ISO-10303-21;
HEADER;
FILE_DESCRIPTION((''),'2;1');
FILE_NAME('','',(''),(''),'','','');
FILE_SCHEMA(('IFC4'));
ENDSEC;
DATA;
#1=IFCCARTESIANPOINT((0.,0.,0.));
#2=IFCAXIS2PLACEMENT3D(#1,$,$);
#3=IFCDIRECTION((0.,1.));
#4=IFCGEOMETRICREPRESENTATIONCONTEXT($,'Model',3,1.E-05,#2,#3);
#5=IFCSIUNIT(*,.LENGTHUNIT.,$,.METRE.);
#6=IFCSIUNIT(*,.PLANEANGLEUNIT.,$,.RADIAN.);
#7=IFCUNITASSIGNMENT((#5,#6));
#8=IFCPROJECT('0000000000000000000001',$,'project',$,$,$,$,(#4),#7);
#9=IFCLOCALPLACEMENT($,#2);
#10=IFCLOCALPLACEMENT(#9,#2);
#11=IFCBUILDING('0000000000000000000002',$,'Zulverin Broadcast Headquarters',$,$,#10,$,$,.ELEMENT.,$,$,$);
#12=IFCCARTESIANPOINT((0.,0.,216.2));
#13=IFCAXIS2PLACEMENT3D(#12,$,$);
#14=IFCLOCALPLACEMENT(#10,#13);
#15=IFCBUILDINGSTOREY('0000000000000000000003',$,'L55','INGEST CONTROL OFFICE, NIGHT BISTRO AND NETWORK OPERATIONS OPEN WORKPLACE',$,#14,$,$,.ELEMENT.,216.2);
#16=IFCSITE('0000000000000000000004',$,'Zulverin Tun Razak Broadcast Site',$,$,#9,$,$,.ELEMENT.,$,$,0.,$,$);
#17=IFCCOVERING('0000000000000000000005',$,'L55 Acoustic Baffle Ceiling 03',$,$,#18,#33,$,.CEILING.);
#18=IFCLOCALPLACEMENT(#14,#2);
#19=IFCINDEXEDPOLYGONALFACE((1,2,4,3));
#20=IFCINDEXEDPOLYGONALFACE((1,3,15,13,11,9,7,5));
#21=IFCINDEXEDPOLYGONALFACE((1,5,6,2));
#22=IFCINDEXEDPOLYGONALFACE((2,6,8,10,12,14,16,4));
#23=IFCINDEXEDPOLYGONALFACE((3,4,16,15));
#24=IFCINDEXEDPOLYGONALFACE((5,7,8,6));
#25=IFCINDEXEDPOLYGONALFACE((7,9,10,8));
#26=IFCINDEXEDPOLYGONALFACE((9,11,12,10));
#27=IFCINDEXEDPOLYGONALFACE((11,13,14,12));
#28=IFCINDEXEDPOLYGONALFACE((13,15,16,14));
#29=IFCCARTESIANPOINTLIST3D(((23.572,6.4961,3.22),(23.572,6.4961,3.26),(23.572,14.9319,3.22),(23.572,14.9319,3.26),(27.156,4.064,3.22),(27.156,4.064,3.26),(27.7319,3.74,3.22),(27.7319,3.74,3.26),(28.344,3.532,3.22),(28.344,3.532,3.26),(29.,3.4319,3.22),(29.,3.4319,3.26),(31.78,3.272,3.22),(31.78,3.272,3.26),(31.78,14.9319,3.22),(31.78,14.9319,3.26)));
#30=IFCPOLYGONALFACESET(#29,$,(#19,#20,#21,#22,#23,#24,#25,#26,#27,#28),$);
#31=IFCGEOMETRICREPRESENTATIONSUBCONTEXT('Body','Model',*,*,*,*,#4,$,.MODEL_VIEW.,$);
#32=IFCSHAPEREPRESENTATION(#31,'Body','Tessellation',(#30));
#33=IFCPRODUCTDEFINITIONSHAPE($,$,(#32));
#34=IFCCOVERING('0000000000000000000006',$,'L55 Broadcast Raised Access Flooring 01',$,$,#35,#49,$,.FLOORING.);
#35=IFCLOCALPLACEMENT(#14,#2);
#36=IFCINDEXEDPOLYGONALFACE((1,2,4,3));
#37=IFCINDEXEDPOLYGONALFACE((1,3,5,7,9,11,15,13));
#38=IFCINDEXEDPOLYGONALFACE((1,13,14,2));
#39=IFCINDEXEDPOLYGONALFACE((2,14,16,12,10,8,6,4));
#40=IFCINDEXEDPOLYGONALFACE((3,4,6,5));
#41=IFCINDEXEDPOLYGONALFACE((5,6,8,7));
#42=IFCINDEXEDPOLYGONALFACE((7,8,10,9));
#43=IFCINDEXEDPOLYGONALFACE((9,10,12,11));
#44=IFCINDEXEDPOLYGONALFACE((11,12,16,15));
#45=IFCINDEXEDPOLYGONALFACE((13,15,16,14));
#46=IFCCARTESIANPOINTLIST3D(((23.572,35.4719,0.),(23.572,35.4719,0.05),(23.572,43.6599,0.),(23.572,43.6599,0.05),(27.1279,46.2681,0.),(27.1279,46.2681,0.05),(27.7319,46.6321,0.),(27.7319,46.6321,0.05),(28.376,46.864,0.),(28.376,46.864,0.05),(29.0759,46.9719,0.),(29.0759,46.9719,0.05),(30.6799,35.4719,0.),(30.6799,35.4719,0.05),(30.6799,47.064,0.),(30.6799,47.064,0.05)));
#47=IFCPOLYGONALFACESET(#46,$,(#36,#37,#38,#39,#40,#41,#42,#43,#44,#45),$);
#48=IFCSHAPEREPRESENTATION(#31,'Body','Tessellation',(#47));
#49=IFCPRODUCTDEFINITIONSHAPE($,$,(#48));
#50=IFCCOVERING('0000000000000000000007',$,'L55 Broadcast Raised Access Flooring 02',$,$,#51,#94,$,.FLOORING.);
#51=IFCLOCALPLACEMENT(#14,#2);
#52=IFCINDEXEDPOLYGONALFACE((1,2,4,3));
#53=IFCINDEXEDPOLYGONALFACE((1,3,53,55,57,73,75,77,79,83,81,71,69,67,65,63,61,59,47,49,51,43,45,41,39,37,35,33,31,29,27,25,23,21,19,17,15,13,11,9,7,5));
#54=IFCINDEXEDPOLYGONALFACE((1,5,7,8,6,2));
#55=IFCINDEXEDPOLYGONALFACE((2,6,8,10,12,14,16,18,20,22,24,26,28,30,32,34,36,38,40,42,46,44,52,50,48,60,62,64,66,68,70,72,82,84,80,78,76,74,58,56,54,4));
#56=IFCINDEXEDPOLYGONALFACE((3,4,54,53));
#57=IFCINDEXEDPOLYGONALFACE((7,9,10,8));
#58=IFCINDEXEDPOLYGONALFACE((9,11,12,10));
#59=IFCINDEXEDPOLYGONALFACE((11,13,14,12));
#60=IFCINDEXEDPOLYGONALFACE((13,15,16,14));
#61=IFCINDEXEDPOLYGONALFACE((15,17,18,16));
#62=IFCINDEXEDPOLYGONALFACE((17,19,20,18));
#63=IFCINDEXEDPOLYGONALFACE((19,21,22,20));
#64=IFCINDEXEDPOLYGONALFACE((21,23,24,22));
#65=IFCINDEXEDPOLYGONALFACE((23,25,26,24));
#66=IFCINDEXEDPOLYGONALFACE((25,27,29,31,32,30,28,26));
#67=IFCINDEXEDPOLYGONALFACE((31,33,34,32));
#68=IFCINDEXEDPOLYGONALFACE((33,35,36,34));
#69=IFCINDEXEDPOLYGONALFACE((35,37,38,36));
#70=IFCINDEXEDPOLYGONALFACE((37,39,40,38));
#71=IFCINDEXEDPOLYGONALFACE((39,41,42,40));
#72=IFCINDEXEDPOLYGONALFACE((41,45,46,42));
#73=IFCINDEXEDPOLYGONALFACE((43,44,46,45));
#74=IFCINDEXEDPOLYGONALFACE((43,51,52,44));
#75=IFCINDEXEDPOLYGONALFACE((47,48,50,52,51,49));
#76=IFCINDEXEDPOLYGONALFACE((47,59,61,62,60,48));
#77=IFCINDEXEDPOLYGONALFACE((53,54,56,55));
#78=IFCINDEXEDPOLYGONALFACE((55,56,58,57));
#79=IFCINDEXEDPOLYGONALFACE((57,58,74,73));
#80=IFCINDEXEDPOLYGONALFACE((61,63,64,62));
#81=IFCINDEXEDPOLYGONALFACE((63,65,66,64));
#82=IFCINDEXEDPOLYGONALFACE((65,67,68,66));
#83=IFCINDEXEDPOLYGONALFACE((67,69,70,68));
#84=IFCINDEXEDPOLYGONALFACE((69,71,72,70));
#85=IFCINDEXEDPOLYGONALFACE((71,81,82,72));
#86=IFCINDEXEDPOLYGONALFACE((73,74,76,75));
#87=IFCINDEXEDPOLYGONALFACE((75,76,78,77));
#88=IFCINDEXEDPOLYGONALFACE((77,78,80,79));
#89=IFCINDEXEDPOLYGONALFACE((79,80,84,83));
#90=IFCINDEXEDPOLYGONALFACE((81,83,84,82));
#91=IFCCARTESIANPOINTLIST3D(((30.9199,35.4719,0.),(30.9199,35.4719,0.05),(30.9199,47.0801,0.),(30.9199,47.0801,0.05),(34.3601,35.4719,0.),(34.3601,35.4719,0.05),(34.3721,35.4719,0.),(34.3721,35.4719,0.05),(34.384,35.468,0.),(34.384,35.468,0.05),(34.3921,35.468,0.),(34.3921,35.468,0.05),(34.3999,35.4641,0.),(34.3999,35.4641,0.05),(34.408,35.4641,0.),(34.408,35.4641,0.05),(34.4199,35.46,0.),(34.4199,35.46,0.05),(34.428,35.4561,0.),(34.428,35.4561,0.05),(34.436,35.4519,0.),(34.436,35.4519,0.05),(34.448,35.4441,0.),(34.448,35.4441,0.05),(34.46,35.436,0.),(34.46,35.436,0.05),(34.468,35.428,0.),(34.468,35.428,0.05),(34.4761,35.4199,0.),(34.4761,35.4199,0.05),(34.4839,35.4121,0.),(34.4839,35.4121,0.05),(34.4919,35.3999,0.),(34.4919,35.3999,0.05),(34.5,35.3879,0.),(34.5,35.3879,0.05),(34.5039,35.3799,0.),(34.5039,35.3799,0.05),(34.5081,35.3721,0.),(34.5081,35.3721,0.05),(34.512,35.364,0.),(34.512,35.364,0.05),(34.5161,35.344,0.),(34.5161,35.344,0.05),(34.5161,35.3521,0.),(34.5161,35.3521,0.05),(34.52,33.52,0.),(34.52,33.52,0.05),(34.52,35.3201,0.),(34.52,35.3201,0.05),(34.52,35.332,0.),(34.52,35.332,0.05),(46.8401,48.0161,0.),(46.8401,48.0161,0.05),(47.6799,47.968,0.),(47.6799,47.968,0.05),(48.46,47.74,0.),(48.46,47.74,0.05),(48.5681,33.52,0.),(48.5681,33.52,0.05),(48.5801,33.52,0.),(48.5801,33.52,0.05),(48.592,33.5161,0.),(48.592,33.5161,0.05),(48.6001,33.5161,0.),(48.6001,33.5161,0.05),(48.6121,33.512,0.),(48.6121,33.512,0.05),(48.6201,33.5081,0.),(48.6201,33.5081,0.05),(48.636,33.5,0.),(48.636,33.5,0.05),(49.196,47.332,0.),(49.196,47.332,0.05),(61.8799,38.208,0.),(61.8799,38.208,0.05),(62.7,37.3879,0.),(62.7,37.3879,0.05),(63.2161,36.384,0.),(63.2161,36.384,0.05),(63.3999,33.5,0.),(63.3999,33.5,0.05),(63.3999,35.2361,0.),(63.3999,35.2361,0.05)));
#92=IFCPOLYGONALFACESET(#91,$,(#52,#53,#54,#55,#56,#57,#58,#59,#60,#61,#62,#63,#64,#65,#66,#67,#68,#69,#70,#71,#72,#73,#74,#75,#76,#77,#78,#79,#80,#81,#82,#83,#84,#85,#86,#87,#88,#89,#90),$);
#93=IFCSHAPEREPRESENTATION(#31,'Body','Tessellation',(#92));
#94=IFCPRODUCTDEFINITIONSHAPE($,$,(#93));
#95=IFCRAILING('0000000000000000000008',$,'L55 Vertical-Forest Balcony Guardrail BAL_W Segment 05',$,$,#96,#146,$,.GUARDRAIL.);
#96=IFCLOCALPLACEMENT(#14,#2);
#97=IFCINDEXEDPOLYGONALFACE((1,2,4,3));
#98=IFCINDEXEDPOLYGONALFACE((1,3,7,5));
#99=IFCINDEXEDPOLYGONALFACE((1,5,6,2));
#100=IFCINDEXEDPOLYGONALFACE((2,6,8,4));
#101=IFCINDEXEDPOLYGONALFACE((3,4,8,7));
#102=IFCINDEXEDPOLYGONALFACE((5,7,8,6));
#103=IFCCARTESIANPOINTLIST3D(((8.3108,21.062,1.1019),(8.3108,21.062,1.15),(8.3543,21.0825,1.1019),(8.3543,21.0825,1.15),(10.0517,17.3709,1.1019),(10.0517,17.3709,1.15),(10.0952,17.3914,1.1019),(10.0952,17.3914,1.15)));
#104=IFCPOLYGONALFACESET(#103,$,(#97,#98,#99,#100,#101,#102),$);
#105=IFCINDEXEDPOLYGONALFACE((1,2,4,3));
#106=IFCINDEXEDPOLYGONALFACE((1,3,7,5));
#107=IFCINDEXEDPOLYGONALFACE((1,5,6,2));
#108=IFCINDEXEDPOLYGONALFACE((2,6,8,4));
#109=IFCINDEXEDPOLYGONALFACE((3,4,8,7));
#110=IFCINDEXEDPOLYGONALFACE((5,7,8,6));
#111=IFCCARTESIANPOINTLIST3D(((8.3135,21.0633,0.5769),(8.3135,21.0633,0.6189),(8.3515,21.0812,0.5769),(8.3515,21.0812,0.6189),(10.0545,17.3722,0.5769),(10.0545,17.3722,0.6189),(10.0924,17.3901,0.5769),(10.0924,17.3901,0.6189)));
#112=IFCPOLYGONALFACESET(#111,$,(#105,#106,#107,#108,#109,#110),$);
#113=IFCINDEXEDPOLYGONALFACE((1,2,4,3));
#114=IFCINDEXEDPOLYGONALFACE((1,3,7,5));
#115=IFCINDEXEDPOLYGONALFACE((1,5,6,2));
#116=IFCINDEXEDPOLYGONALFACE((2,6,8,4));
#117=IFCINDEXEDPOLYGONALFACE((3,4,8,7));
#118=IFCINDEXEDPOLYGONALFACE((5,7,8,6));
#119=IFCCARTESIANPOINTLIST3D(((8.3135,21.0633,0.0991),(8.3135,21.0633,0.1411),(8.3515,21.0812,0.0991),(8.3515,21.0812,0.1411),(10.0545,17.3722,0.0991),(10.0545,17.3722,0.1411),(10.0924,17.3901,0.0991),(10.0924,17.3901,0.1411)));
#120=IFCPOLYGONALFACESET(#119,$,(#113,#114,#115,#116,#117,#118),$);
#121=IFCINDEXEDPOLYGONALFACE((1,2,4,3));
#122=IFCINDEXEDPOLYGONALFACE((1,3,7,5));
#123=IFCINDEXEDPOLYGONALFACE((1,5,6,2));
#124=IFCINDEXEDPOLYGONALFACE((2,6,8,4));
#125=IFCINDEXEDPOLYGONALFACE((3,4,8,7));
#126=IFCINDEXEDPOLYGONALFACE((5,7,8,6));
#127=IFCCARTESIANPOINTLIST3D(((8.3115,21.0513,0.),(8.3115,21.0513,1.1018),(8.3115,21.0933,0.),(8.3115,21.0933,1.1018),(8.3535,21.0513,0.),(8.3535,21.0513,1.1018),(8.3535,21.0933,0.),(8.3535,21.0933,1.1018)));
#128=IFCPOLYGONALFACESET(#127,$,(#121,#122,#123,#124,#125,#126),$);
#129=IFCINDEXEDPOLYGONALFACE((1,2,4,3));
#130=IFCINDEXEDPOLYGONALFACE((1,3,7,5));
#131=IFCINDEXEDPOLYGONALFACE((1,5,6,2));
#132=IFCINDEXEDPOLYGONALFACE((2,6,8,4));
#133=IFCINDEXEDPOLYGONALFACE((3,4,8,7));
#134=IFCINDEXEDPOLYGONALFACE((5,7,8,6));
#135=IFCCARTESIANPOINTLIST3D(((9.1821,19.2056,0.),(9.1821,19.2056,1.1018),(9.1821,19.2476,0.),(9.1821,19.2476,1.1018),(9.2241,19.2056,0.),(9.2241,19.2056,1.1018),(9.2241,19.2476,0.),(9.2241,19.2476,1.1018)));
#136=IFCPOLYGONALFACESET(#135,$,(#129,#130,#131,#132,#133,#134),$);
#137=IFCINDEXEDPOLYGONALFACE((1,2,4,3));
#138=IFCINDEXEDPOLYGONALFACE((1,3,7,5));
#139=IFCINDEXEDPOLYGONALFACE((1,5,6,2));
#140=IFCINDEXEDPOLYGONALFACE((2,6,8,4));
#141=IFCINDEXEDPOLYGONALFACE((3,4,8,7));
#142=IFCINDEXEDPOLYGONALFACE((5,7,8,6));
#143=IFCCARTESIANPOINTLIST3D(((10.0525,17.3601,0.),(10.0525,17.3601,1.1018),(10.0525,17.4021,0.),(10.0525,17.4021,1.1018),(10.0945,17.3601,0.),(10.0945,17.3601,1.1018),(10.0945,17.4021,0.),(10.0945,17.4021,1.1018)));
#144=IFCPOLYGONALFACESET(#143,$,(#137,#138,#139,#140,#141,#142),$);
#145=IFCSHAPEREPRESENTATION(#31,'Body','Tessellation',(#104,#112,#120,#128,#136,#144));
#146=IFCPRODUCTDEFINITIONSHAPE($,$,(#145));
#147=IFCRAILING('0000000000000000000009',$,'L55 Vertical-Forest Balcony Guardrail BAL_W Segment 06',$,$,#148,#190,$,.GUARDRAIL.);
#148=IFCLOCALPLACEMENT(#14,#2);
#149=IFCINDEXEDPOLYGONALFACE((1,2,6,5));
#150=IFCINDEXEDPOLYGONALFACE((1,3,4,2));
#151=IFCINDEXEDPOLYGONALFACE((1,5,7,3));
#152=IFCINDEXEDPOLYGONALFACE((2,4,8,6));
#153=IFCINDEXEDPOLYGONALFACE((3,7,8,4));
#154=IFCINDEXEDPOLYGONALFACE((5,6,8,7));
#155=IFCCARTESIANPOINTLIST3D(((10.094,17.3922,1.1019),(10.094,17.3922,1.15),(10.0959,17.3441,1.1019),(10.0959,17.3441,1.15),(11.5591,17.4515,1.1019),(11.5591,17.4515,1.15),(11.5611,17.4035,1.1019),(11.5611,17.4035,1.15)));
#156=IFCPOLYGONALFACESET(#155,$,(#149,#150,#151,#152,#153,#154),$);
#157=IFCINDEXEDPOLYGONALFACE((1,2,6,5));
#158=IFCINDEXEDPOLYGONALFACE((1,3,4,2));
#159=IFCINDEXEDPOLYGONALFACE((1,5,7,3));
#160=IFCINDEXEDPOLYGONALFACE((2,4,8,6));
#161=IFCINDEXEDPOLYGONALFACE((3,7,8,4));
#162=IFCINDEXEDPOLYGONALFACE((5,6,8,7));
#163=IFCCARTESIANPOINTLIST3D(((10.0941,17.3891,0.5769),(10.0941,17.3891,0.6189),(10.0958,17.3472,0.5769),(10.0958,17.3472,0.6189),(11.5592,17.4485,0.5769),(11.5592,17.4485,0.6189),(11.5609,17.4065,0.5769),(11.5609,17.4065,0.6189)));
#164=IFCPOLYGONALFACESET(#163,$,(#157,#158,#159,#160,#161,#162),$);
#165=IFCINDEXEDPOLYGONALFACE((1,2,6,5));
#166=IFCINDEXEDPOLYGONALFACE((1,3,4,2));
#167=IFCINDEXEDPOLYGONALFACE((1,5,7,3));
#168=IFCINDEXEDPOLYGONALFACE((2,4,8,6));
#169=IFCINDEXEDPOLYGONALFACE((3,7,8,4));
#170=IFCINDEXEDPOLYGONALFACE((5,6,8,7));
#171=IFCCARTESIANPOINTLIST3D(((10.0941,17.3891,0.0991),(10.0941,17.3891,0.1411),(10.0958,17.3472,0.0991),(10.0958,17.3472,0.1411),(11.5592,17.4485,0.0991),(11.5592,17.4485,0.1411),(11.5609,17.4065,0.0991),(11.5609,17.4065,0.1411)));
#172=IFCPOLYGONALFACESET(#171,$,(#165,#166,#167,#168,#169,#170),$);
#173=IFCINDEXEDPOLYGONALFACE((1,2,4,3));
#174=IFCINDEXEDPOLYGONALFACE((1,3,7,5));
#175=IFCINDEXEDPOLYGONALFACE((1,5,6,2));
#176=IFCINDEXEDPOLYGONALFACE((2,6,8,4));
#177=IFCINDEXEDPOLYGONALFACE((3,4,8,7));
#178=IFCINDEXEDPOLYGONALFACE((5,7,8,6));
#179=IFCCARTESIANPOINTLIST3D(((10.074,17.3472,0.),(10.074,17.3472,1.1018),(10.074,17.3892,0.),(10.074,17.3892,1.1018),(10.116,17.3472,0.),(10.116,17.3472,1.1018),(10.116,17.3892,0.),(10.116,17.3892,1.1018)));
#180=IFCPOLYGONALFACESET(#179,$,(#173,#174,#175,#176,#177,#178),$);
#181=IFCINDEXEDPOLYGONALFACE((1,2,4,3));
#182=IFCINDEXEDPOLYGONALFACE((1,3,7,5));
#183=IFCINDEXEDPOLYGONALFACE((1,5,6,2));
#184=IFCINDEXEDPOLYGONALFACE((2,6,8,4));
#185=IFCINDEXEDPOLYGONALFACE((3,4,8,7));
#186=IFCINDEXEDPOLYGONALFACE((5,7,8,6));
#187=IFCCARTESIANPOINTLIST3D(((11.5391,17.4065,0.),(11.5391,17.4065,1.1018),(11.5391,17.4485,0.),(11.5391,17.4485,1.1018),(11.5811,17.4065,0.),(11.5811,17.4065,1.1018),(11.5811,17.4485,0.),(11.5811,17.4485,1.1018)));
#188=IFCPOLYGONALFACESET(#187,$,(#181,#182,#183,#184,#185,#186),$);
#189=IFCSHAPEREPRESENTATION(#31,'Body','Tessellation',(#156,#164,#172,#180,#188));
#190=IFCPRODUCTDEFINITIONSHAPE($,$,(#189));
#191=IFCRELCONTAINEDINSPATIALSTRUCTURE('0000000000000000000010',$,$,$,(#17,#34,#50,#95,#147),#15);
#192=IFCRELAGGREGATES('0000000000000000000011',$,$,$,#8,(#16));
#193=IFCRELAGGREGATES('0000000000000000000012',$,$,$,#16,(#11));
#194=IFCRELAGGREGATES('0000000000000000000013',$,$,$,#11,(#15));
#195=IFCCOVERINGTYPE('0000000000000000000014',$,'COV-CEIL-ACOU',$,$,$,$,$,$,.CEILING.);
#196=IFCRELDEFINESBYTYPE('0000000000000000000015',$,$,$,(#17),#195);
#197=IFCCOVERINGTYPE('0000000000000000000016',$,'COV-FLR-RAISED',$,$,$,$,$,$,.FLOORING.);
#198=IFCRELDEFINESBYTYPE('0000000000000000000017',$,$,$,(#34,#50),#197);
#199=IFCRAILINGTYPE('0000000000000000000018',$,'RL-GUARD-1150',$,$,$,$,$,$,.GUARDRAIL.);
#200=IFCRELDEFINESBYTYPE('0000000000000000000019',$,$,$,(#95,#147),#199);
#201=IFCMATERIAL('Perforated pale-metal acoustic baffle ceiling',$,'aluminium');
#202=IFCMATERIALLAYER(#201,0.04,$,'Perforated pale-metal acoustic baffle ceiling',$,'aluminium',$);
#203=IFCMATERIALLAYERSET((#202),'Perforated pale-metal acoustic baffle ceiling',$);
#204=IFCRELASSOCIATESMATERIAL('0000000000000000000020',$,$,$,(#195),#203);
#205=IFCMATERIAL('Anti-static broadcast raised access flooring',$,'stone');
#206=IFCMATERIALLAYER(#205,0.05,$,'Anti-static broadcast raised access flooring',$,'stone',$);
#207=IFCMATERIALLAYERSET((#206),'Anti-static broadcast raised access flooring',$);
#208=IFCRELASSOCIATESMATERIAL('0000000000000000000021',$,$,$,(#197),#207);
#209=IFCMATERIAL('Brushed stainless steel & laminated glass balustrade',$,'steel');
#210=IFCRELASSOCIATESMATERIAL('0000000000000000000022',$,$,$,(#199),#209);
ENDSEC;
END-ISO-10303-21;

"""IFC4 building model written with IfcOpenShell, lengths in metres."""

from ifc_helpers import new_model, si_unit, direction, frame, origin, origin_2d, place, context, subcontext, project, spatial, polyline, rectangle, outline, extrude, material, layer, layer_set, type_object, element, save


model = new_model("IFC4")

# Units and contexts
model_context = context("Model", 3, precision=1e-05, world=origin(), true_north=direction((0.0, 1.0)))
body_context = subcontext(model_context, "Body", "Model", "MODEL_VIEW")
ifc_project = project(units=[si_unit("LENGTHUNIT", "METRE"), si_unit("PLANEANGLEUNIT", "RADIAN")], contexts=[model_context])

# Site, building, storey
site_placement = place(None, origin())
site = spatial("IfcSite", under=ifc_project, at=site_placement, Name="Zulverin Tun Razak Broadcast Site", CompositionType="ELEMENT", RefElevation=0.0)
building_placement = place(site_placement, origin())
building = spatial("IfcBuilding", under=site, at=building_placement, Name="Zulverin Broadcast Headquarters", CompositionType="ELEMENT")
storey_placement = place(building_placement, frame((0.0, 0.0, 216.2)))
storey = spatial("IfcBuildingStorey", under=building, at=storey_placement, Name="L55", Description="INGEST CONTROL OFFICE, NIGHT BISTRO AND NETWORK OPERATIONS OPEN WORKPLACE", CompositionType="ELEMENT", Elevation=216.2)

# Coverings
ifc_material_1 = material(Name="Perforated pale-metal acoustic baffle ceiling", Category="aluminium")
ifc_layer_1 = layer(ifc_material_1, 0.04, Name="Perforated pale-metal acoustic baffle ceiling", Category="aluminium")
ifc_layer_set_1 = layer_set([ifc_layer_1], Name="Perforated pale-metal acoustic baffle ceiling")
covering_type_1 = type_object("IfcCoveringType", Name="COV-CEIL-ACOU", PredefinedType="CEILING", material=ifc_layer_set_1)
covering_1_placement = place(storey_placement, frame((0.0, 0.0, 3.22)))
element("IfcCovering", 1, at=covering_1_placement, inside=storey, type_object=covering_type_1, Name="L55 Acoustic Baffle Ceiling 03", PredefinedType="CEILING", context=body_context, shape_type="SweptSolid", body=[
    extrude(outline(polyline([(27.7319, 3.74), (28.344, 3.532), (29.0, 3.4319), (31.78, 3.272), (31.78, 14.9319), (23.572, 14.9319), (23.572, 6.4961), (27.156, 4.064), (27.7319, 3.74)])), origin(), (0.0, 0.0, 1.0), 0.04),
])
ifc_material_2 = material(Name="Anti-static broadcast raised access flooring", Category="stone")
ifc_layer_2 = layer(ifc_material_2, 0.05, Name="Anti-static broadcast raised access flooring", Category="stone")
ifc_layer_set_2 = layer_set([ifc_layer_2], Name="Anti-static broadcast raised access flooring")
covering_type_2 = type_object("IfcCoveringType", Name="COV-FLR-RAISED", PredefinedType="FLOORING", material=ifc_layer_set_2)
covering_2_placement = place(storey_placement, origin())
element("IfcCovering", 2, at=covering_2_placement, inside=storey, type_object=covering_type_2, Name="L55 Broadcast Raised Access Flooring 01", PredefinedType="FLOORING", context=body_context, shape_type="SweptSolid", body=[
    extrude(outline(polyline([(30.6799, 35.4719), (30.6799, 47.064), (29.0759, 46.9719), (28.376, 46.864), (27.7319, 46.6321), (27.1279, 46.2681), (23.572, 43.6599), (23.572, 35.4719), (30.6799, 35.4719)])), origin(), (0.0, 0.0, 1.0), 0.05),
])
covering_3_placement = place(storey_placement, origin())
element("IfcCovering", 3, at=covering_3_placement, inside=storey, type_object=covering_type_2, Name="L55 Broadcast Raised Access Flooring 02", PredefinedType="FLOORING", context=body_context, shape_type="SweptSolid", body=[
    extrude(outline(polyline([(48.46, 47.74), (47.6799, 47.968), (46.8401, 48.0161), (30.9199, 47.0801), (30.9199, 35.4719), (34.3601, 35.4719), (34.3721, 35.4719), (34.384, 35.468), (34.3921, 35.468), (34.3999, 35.4641), (34.408, 35.4641), (34.4199, 35.46), (34.428, 35.4561), (34.436, 35.4519), (34.448, 35.4441), (34.46, 35.436), (34.468, 35.428), (34.4761, 35.4199), (34.4839, 35.4121), (34.4919, 35.3999), (34.5, 35.3879), (34.5039, 35.3799), (34.5081, 35.3721), (34.512, 35.364), (34.5161, 35.3521), (34.5161, 35.344), (34.52, 35.332), (34.52, 35.3201), (34.52, 33.52), (48.5681, 33.52), (48.5801, 33.52), (48.592, 33.5161), (48.6001, 33.5161), (48.6121, 33.512), (48.6201, 33.5081), (48.636, 33.5), (63.3999, 33.5), (63.3999, 35.2361), (63.2161, 36.384), (62.7, 37.3879), (61.8799, 38.208), (49.196, 47.332), (48.46, 47.74)])), origin(), (0.0, 0.0, 1.0), 0.05),
])

# Railings
ifc_material_3 = material(Name="Brushed stainless steel & laminated glass balustrade", Category="steel")
railing_type = type_object("IfcRailingType", Name="RL-GUARD-1150", PredefinedType="GUARDRAIL", material=ifc_material_3)
railing_1_placement = place(storey_placement, frame((8.3325, 21.0723, 0.0)))
element("IfcRailing", 4, at=railing_1_placement, inside=storey, type_object=railing_type, Name="L55 Vertical-Forest Balcony Guardrail BAL_W Segment 05", PredefinedType="GUARDRAIL", context=body_context, shape_type="SweptSolid", body=[
    extrude(rectangle(XDim=0.0481, YDim=0.0481, at=origin_2d()), frame((0.0, 0.0, 1.126), z_axis=(0.426589, -0.904446, 0.0), x_axis=(0.904446, 0.426589, 0.0)), (0.0, 0.0, 1.0), 4.0811),
    extrude(rectangle(XDim=0.042, YDim=0.042, at=origin_2d()), frame((0.0, 0.0, 0.5979), z_axis=(0.426589, -0.904446, 0.0), x_axis=(0.904446, 0.426589, 0.0)), (0.0, 0.0, 1.0), 4.0811),
    extrude(rectangle(XDim=0.042, YDim=0.042, at=origin_2d()), frame((0.0, 0.0, 0.1201), z_axis=(0.426589, -0.904446, 0.0), x_axis=(0.904446, 0.426589, 0.0)), (0.0, 0.0, 1.0), 4.0811),
    extrude(rectangle(XDim=0.042, YDim=0.042, at=origin_2d()), origin(), (0.0, 0.0, 1.0), 1.1018),
    extrude(rectangle(XDim=0.042, YDim=0.042, at=origin_2d()), frame((0.8706, -1.8457, 0.0)), (0.0, 0.0, 1.0), 1.1018),
    extrude(rectangle(XDim=0.042, YDim=0.042, at=origin_2d()), frame((1.741, -3.6912, 0.0)), (0.0, 0.0, 1.0), 1.1018),
])
railing_2_placement = place(storey_placement, frame((10.095, 17.3682, 0.0)))
element("IfcRailing", 5, at=railing_2_placement, inside=storey, type_object=railing_type, Name="L55 Vertical-Forest Balcony Guardrail BAL_W Segment 06", PredefinedType="GUARDRAIL", context=body_context, shape_type="SweptSolid", body=[
    extrude(rectangle(XDim=0.0481, YDim=0.0481, at=origin_2d()), frame((0.0, 0.0, 1.126), z_axis=(0.999181, 0.04046, 0.0), x_axis=(-0.04046, 0.999181, 0.0)), (0.0, 0.0, 1.0), 1.4663),
    extrude(rectangle(XDim=0.042, YDim=0.042, at=origin_2d()), frame((0.0, 0.0, 0.5979), z_axis=(0.999181, 0.04046, 0.0), x_axis=(-0.04046, 0.999181, 0.0)), (0.0, 0.0, 1.0), 1.4663),
    extrude(rectangle(XDim=0.042, YDim=0.042, at=origin_2d()), frame((0.0, 0.0, 0.1201), z_axis=(0.999181, 0.04046, 0.0), x_axis=(-0.04046, 0.999181, 0.0)), (0.0, 0.0, 1.0), 1.4663),
    extrude(rectangle(XDim=0.042, YDim=0.042, at=origin_2d()), origin(), (0.0, 0.0, 1.0), 1.1018),
    extrude(rectangle(XDim=0.042, YDim=0.042, at=origin_2d()), frame((1.4651, 0.0593, 0.0)), (0.0, 0.0, 1.0), 1.1018),
])

save(model, "model.ifc")
